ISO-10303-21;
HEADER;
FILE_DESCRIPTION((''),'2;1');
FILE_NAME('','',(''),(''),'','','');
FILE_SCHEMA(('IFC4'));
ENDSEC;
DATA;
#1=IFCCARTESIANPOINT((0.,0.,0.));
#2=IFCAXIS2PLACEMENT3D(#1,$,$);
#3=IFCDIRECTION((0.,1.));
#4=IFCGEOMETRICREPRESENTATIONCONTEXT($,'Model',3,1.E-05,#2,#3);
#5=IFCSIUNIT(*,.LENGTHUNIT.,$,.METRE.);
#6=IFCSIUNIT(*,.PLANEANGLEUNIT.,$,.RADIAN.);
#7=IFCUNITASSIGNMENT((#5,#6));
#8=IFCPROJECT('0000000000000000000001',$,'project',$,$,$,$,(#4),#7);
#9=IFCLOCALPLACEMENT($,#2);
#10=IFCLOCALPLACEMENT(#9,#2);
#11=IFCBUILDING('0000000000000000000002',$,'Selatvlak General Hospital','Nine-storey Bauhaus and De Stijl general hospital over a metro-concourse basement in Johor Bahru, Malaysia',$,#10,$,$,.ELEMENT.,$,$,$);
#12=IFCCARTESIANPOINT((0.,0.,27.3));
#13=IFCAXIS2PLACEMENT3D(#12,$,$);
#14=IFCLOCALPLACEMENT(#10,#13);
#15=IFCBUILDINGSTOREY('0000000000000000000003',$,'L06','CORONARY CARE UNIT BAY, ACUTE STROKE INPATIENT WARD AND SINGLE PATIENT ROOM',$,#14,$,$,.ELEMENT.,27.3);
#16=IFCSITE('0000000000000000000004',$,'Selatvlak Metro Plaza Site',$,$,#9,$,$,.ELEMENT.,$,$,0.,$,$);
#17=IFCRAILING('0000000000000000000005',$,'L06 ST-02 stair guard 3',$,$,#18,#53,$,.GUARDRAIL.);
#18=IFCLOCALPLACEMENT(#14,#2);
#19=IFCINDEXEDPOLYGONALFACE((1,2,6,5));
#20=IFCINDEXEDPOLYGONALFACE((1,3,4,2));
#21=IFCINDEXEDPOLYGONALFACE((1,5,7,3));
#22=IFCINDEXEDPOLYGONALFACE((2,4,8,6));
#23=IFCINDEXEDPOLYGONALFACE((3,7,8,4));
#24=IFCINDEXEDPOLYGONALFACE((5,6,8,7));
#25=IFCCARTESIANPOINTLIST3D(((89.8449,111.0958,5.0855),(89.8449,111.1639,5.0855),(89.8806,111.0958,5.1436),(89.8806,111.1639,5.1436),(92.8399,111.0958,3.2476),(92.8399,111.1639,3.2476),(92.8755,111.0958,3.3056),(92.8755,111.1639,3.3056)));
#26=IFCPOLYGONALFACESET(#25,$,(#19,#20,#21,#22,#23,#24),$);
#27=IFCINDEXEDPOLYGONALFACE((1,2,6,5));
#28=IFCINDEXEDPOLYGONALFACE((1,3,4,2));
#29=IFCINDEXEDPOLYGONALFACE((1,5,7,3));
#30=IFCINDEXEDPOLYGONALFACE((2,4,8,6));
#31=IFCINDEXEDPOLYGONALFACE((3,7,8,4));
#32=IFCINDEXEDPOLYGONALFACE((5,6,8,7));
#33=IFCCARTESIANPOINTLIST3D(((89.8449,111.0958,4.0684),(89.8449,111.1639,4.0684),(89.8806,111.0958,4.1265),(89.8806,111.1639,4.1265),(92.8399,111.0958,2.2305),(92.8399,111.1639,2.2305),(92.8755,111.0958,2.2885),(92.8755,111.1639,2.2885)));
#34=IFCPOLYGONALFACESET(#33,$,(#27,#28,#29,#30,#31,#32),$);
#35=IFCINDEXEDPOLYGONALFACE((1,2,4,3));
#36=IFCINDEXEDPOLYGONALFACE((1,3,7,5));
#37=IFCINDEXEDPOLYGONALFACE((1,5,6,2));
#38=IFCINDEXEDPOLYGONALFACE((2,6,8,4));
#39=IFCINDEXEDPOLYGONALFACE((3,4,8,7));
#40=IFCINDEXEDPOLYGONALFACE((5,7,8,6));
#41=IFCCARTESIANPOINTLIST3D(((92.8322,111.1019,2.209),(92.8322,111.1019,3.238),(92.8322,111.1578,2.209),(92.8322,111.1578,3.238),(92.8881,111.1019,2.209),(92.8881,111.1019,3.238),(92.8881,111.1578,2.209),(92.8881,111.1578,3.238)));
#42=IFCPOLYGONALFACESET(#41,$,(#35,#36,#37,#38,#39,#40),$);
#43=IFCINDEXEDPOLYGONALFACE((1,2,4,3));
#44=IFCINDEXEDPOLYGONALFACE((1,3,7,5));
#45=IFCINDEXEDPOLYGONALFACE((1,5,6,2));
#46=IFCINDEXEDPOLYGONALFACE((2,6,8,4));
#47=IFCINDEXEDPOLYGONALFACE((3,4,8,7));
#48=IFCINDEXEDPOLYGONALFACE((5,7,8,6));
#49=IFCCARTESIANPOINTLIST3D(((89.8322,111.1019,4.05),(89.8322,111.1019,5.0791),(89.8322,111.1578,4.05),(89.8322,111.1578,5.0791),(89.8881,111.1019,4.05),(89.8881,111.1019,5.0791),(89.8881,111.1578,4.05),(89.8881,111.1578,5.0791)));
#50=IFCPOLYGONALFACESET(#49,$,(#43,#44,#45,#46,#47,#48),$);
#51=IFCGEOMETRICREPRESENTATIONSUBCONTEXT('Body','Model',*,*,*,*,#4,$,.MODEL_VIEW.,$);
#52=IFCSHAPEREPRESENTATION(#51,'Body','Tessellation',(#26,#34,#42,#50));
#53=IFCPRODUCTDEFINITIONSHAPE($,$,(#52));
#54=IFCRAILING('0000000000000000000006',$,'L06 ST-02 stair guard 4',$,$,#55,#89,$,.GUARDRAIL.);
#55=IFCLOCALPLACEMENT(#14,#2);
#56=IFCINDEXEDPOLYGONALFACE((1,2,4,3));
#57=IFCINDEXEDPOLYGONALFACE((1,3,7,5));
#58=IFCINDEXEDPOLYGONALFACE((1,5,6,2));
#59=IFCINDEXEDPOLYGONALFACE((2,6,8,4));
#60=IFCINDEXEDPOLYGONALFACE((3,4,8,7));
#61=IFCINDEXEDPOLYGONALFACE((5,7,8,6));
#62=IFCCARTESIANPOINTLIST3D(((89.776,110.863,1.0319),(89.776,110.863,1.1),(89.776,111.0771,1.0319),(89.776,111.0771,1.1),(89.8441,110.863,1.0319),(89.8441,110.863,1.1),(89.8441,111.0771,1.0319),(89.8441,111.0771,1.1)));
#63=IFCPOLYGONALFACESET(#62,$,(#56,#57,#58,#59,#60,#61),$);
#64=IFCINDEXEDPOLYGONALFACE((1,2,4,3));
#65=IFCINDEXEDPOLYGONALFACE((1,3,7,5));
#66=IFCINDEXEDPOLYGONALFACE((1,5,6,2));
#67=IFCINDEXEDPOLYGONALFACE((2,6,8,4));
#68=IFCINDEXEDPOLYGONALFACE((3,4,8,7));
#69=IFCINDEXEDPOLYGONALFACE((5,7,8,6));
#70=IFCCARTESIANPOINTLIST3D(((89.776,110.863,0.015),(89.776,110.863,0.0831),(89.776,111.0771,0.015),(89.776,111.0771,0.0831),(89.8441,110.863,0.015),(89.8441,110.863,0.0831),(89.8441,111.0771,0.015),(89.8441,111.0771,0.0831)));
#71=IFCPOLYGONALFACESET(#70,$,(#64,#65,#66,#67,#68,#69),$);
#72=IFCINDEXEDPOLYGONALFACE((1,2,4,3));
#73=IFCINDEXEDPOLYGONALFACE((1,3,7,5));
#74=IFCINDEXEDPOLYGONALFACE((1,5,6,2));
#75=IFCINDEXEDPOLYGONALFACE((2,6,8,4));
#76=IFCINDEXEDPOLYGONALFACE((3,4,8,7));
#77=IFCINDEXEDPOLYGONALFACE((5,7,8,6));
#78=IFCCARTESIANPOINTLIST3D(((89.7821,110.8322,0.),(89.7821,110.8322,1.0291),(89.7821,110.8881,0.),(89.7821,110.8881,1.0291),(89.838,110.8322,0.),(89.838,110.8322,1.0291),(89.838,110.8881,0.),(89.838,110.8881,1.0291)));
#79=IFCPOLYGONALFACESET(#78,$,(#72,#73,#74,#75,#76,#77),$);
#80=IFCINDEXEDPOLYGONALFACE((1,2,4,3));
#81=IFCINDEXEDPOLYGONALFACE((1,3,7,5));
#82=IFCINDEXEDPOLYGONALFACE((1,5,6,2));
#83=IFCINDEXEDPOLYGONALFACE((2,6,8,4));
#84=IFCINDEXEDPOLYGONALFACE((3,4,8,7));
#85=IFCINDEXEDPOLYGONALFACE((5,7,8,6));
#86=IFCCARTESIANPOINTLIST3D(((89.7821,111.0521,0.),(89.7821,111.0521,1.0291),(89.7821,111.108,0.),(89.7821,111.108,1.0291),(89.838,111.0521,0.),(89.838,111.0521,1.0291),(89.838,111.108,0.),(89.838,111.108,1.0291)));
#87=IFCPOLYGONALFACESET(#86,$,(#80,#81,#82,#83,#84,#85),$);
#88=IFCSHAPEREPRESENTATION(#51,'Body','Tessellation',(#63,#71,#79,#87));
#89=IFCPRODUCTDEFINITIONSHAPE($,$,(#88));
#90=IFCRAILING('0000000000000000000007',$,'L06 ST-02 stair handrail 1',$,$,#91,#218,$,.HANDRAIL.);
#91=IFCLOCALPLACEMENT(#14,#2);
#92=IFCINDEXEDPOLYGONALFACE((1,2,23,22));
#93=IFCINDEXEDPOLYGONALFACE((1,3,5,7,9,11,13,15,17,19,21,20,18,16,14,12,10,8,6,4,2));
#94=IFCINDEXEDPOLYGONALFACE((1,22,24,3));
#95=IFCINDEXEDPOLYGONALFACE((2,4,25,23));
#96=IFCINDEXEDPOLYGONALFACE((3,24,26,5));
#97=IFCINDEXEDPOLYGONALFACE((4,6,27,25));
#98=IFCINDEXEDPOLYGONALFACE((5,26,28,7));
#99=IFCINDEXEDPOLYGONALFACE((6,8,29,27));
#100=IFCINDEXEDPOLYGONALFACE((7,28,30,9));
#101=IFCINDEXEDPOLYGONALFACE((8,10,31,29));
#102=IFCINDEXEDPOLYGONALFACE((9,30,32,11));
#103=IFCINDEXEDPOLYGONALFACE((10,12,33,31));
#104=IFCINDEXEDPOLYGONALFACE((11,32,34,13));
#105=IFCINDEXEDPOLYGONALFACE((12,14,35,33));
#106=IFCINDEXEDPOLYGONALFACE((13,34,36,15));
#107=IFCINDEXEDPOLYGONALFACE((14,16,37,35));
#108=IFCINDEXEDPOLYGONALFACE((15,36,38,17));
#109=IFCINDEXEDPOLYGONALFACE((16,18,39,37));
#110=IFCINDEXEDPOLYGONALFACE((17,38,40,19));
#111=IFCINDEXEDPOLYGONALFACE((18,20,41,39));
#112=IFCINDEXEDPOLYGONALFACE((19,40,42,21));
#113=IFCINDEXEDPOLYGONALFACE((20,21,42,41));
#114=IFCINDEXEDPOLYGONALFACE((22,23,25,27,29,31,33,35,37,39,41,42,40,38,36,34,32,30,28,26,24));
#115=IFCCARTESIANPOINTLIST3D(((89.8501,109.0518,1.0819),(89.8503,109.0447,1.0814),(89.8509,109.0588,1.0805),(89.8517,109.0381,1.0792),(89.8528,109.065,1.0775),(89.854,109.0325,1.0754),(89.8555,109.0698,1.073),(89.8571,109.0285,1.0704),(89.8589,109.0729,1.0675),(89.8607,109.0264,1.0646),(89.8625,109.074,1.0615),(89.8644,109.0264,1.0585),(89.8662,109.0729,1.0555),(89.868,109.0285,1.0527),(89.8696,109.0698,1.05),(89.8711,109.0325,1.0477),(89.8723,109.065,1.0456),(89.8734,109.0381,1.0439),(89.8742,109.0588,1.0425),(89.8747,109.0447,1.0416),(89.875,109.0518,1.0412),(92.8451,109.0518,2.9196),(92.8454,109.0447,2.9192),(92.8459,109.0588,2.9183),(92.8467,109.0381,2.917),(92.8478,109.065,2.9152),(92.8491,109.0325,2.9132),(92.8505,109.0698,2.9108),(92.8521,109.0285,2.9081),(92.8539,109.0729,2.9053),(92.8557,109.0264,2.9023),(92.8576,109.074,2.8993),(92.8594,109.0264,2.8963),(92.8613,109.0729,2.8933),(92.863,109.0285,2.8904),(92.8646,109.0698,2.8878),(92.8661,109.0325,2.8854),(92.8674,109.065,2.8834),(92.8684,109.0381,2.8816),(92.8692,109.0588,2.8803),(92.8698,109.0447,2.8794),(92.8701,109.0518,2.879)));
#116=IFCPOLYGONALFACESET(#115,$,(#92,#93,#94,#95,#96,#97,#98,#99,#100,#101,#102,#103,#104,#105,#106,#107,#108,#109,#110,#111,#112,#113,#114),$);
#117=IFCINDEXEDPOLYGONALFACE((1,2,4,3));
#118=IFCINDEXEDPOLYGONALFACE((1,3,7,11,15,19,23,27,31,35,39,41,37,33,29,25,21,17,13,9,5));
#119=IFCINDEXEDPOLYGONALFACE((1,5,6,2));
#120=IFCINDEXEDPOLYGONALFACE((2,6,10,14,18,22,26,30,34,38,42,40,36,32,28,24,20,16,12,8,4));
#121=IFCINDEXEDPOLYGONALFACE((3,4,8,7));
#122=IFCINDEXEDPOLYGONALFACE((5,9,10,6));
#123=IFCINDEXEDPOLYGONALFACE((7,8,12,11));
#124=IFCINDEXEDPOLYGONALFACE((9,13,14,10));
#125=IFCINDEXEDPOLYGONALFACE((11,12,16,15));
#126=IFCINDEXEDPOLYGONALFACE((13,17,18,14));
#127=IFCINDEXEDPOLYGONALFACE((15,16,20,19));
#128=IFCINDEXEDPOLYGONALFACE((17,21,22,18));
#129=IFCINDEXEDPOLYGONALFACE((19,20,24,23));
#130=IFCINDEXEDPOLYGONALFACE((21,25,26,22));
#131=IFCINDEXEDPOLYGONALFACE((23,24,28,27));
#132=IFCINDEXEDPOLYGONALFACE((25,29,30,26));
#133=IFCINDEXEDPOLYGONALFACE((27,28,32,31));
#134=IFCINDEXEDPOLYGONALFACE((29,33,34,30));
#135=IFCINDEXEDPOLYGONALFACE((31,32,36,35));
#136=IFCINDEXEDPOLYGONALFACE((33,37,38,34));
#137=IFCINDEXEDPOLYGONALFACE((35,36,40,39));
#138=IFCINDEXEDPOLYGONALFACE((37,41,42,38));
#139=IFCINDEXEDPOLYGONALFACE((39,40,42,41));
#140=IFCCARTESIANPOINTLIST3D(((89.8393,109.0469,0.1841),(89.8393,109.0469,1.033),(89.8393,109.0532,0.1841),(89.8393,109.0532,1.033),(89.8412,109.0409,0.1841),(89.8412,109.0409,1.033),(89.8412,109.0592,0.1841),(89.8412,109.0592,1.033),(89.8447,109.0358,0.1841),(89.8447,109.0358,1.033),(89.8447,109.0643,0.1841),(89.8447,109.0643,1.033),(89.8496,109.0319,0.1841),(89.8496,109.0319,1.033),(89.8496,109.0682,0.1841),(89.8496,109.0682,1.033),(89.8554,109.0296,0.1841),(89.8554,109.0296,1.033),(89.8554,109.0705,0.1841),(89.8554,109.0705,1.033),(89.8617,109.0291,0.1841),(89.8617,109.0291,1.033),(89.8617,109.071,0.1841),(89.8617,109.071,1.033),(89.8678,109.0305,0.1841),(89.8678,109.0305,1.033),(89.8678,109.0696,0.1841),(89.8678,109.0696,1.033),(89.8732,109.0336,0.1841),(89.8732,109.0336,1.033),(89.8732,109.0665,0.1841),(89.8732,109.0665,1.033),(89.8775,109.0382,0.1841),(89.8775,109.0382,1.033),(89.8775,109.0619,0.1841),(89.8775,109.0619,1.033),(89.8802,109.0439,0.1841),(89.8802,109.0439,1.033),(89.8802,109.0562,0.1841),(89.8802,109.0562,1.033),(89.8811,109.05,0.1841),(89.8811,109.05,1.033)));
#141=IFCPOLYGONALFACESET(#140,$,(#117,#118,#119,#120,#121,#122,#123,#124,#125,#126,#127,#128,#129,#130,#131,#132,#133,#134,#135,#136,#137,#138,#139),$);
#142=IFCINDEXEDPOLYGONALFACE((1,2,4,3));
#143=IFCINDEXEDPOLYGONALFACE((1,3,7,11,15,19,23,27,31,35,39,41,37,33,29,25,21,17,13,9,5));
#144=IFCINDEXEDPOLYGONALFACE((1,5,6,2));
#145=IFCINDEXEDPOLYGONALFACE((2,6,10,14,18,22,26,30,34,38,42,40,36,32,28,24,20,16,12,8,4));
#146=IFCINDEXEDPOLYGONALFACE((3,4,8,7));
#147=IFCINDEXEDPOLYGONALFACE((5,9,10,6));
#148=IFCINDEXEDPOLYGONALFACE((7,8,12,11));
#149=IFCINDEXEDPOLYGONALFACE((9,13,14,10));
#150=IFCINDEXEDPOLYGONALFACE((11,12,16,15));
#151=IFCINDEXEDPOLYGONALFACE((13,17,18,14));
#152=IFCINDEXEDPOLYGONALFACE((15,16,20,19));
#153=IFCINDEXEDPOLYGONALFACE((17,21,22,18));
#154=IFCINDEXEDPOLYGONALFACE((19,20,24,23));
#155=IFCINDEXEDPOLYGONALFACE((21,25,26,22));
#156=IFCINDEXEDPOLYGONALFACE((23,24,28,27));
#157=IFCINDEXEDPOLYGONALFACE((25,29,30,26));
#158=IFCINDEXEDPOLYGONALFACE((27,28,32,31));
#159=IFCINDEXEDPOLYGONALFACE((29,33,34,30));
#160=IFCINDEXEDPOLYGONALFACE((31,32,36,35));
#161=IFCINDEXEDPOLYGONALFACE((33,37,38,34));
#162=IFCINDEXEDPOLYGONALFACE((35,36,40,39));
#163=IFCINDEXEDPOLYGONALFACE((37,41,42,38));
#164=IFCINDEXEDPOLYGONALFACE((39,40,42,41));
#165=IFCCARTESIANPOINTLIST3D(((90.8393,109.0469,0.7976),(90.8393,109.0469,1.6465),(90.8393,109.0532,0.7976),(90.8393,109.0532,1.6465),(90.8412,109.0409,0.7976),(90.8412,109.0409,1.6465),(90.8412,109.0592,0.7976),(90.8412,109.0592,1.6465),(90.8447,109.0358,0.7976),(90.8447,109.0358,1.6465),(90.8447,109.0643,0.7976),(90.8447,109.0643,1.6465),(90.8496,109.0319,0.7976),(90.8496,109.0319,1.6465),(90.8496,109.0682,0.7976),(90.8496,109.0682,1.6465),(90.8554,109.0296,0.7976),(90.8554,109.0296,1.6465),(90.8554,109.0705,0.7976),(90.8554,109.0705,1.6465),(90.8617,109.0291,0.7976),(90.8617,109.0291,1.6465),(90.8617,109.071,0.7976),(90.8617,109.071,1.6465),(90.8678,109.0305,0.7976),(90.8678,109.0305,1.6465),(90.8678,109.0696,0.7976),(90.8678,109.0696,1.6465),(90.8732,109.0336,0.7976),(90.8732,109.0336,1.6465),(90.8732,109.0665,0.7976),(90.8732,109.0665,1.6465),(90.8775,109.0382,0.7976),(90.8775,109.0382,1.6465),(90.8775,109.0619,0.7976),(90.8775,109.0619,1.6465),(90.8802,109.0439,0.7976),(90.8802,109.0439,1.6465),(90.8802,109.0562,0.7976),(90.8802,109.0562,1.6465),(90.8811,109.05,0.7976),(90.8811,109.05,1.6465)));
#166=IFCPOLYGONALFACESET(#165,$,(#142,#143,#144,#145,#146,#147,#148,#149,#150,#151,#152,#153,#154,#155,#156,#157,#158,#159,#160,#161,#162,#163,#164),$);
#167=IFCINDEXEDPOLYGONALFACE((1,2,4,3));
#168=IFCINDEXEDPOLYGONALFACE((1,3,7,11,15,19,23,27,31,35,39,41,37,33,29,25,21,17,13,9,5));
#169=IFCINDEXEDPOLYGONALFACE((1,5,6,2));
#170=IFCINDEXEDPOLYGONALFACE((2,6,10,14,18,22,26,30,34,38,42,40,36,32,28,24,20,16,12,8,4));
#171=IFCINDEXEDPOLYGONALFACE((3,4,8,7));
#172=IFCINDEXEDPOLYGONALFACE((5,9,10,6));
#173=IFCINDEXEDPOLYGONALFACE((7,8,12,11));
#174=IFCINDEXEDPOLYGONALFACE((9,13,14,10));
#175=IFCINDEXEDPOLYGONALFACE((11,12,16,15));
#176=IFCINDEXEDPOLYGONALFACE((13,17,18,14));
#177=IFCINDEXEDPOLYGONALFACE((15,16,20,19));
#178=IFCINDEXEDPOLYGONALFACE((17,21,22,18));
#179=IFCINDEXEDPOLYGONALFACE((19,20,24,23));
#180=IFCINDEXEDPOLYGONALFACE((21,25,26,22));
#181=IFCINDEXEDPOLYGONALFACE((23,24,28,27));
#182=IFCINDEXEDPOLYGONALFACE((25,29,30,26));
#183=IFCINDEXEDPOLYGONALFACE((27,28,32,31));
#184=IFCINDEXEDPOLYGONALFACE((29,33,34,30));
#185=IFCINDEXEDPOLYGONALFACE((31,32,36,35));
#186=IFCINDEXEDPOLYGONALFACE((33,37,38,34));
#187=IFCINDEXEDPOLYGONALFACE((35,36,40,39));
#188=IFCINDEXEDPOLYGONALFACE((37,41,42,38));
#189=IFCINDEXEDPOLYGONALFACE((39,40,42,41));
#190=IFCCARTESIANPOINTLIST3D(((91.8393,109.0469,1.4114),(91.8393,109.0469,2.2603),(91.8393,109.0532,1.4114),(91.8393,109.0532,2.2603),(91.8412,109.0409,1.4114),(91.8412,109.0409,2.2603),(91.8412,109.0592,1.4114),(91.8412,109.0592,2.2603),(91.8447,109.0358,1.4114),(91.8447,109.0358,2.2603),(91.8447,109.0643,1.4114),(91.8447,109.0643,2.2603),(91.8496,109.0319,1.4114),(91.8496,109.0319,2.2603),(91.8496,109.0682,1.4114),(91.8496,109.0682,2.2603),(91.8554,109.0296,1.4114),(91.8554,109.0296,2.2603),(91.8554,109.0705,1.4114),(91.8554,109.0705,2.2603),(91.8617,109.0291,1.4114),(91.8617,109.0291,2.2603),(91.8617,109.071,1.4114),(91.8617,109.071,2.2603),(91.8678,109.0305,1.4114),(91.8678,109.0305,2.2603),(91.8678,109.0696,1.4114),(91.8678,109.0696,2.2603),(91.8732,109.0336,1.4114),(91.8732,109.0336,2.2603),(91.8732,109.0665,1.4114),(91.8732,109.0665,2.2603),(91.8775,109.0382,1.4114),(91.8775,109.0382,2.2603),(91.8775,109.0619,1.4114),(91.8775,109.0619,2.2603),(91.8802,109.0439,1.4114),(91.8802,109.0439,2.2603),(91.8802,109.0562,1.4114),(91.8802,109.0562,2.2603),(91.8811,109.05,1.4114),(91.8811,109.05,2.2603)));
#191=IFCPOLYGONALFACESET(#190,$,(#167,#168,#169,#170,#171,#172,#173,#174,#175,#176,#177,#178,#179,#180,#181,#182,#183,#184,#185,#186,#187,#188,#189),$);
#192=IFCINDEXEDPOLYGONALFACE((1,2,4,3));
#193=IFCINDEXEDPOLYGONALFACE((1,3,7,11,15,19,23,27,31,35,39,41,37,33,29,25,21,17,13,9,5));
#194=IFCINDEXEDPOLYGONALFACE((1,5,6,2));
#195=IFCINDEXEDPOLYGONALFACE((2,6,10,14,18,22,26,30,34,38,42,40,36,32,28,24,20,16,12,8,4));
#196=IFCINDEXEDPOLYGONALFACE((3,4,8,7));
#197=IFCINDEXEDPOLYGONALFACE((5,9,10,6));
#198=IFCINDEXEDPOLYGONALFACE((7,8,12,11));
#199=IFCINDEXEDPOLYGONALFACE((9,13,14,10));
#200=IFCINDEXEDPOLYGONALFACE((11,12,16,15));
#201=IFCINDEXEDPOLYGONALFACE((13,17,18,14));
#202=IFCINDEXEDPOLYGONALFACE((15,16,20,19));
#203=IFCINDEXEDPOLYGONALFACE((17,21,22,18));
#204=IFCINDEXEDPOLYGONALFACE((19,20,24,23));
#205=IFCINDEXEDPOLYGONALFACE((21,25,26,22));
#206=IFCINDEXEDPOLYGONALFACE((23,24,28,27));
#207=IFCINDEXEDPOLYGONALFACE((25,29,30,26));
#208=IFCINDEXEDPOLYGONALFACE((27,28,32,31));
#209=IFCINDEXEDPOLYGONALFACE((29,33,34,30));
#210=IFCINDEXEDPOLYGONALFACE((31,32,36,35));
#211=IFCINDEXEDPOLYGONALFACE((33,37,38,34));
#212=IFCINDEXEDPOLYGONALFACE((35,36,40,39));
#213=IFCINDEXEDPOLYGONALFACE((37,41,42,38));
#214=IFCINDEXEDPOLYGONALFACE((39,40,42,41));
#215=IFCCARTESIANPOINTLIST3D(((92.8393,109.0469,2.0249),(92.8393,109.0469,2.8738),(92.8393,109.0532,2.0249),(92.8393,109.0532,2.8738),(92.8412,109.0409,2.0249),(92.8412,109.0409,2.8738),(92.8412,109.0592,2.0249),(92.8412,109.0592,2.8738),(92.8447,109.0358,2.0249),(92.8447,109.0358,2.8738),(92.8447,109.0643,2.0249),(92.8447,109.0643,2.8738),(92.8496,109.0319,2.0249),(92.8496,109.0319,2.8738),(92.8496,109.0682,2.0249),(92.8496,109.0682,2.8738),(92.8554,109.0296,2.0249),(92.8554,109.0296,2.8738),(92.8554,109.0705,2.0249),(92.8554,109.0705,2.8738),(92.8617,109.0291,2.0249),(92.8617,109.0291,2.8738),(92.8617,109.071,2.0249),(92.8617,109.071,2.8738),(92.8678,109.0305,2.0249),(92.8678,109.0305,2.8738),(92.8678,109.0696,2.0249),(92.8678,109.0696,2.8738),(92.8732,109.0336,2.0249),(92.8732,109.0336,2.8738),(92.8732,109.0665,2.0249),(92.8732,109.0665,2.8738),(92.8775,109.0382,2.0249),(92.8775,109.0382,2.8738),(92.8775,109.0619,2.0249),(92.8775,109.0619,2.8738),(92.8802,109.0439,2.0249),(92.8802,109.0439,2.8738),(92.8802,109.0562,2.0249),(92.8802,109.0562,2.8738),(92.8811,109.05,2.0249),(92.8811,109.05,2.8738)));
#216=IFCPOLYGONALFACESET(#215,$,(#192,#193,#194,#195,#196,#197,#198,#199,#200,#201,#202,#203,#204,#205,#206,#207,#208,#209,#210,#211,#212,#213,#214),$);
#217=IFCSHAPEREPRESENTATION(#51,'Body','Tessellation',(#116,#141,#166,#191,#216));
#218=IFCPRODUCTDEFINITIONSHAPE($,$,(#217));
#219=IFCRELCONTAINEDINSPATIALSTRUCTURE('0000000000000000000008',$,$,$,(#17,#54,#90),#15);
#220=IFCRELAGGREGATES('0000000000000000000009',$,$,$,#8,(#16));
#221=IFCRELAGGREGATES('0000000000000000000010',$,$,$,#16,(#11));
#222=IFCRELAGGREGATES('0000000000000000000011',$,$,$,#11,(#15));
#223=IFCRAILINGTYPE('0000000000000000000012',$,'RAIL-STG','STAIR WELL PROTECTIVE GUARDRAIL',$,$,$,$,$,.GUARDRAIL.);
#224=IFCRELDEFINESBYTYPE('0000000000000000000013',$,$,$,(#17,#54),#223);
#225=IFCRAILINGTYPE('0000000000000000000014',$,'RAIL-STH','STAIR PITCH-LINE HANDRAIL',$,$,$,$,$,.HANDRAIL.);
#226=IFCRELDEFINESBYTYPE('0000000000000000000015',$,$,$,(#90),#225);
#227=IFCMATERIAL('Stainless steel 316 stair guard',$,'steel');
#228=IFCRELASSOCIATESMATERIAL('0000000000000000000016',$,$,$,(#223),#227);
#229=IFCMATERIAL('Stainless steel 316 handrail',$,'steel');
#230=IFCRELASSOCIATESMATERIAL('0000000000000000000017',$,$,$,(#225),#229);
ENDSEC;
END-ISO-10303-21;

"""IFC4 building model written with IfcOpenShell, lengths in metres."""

from ifc_helpers import new_model, si_unit, direction, frame, origin, origin_2d, place, context, subcontext, project, spatial, rectangle, circle, extrude, material, type_object, element, save


model = new_model("IFC4")

# Units and contexts
model_context = context("Model", 3, precision=1e-05, world=origin(), true_north=direction((0.0, 1.0)))
body_context = subcontext(model_context, "Body", "Model", "MODEL_VIEW")
ifc_project = project(units=[si_unit("LENGTHUNIT", "METRE"), si_unit("PLANEANGLEUNIT", "RADIAN")], contexts=[model_context])

# Site, building, storey
site_placement = place(None, origin())
site = spatial("IfcSite", under=ifc_project, at=site_placement, Name="Selatvlak Metro Plaza Site", CompositionType="ELEMENT", RefElevation=0.0)
building_placement = place(site_placement, origin())
building = spatial("IfcBuilding", under=site, at=building_placement, Name="Selatvlak General Hospital", Description="Nine-storey Bauhaus and De Stijl general hospital over a metro-concourse basement in Johor Bahru, Malaysia", CompositionType="ELEMENT")
storey_placement = place(building_placement, frame((0.0, 0.0, 27.3)))
storey = spatial("IfcBuildingStorey", under=building, at=storey_placement, Name="L06", Description="CORONARY CARE UNIT BAY, ACUTE STROKE INPATIENT WARD AND SINGLE PATIENT ROOM", CompositionType="ELEMENT", Elevation=27.3)

# Railings
ifc_material_1 = material(Name="Stainless steel 316 stair guard", Category="steel")
railing_type_1 = type_object("IfcRailingType", Name="RAIL-STG", Description="STAIR WELL PROTECTIVE GUARDRAIL", PredefinedType="GUARDRAIL", material=ifc_material_1)
railing_1_placement = place(storey_placement, frame((92.8601, 111.1299, 2.209)))
element("IfcRailing", 1, at=railing_1_placement, inside=storey, type_object=railing_type_1, Name="L06 ST-02 stair guard 3", PredefinedType="GUARDRAIL", context=body_context, shape_type="SweptSolid", body=[
    extrude(rectangle(XDim=0.0681, YDim=0.0681, at=origin_2d()), frame((-0.0024, 0.0, 1.0676), z_axis=(-0.852303, 0.0, 0.523048), x_axis=(0.0, -1.0, 0.0)), (0.0, 0.0, 1.0), 3.5139),
    extrude(rectangle(XDim=0.0681, YDim=0.0681, at=origin_2d()), frame((-0.0024, 0.0, 0.0505), z_axis=(-0.852303, 0.0, 0.523048), x_axis=(0.0, -1.0, 0.0)), (0.0, 0.0, 1.0), 3.5139),
    extrude(rectangle(XDim=0.0559, YDim=0.0559, at=origin_2d()), origin(), (0.0, 0.0, 1.0), 1.0291),
    extrude(rectangle(XDim=0.0559, YDim=0.0559, at=origin_2d()), frame((-3.0, 0.0, 1.8411)), (0.0, 0.0, 1.0), 1.0291),
])
railing_2_placement = place(storey_placement, frame((89.8101, 110.8601, 0.0)))
element("IfcRailing", 2, at=railing_2_placement, inside=storey, type_object=railing_type_1, Name="L06 ST-02 stair guard 4", PredefinedType="GUARDRAIL", context=body_context, shape_type="SweptSolid", body=[
    extrude(rectangle(XDim=0.0681, YDim=0.0681, at=origin_2d()), frame((0.0, 0.0029, 1.0659), z_axis=(0.0, 1.0, 0.0), x_axis=(-1.0, 0.0, 0.0)), (0.0, 0.0, 1.0), 0.2141),
    extrude(rectangle(XDim=0.0681, YDim=0.0681, at=origin_2d()), frame((0.0, 0.0029, 0.0491), z_axis=(0.0, 1.0, 0.0), x_axis=(-1.0, 0.0, 0.0)), (0.0, 0.0, 1.0), 0.2141),
    extrude(rectangle(XDim=0.0559, YDim=0.0559, at=origin_2d()), origin(), (0.0, 0.0, 1.0), 1.0291),
    extrude(rectangle(XDim=0.0559, YDim=0.0559, at=origin_2d()), frame((0.0, 0.22, 0.0)), (0.0, 0.0, 1.0), 1.0291),
])
ifc_material_2 = material(Name="Stainless steel 316 handrail", Category="steel")
railing_type_2 = type_object("IfcRailingType", Name="RAIL-STH", Description="STAIR PITCH-LINE HANDRAIL", PredefinedType="HANDRAIL", material=ifc_material_2)
railing_3_placement = place(storey_placement, frame((89.8601, 109.05, 0.1841)))
element("IfcRailing", 3, at=railing_3_placement, inside=storey, type_object=railing_type_2, Name="L06 ST-02 stair handrail 1", PredefinedType="HANDRAIL", context=body_context, shape_type="SweptSolid", body=[
    extrude(circle(Radius=0.0239, at=origin_2d()), frame((0.0024, 0.0, 0.8774), z_axis=(0.852334, 0.0, 0.522998), x_axis=(0.0, 1.0, 0.0)), (0.0, 0.0, 1.0), 3.5139),
    extrude(circle(Radius=0.021, at=origin_2d()), origin(), (0.0, 0.0, 1.0), 0.8489),
    extrude(circle(Radius=0.021, at=origin_2d()), frame((1.0, 0.0, 0.6135)), (0.0, 0.0, 1.0), 0.8489),
    extrude(circle(Radius=0.021, at=origin_2d()), frame((2.0, 0.0, 1.2273)), (0.0, 0.0, 1.0), 0.8489),
    extrude(circle(Radius=0.021, at=origin_2d()), frame((3.0, 0.0, 1.8408)), (0.0, 0.0, 1.0), 0.8489),
])

save(model, "model.ifc")
